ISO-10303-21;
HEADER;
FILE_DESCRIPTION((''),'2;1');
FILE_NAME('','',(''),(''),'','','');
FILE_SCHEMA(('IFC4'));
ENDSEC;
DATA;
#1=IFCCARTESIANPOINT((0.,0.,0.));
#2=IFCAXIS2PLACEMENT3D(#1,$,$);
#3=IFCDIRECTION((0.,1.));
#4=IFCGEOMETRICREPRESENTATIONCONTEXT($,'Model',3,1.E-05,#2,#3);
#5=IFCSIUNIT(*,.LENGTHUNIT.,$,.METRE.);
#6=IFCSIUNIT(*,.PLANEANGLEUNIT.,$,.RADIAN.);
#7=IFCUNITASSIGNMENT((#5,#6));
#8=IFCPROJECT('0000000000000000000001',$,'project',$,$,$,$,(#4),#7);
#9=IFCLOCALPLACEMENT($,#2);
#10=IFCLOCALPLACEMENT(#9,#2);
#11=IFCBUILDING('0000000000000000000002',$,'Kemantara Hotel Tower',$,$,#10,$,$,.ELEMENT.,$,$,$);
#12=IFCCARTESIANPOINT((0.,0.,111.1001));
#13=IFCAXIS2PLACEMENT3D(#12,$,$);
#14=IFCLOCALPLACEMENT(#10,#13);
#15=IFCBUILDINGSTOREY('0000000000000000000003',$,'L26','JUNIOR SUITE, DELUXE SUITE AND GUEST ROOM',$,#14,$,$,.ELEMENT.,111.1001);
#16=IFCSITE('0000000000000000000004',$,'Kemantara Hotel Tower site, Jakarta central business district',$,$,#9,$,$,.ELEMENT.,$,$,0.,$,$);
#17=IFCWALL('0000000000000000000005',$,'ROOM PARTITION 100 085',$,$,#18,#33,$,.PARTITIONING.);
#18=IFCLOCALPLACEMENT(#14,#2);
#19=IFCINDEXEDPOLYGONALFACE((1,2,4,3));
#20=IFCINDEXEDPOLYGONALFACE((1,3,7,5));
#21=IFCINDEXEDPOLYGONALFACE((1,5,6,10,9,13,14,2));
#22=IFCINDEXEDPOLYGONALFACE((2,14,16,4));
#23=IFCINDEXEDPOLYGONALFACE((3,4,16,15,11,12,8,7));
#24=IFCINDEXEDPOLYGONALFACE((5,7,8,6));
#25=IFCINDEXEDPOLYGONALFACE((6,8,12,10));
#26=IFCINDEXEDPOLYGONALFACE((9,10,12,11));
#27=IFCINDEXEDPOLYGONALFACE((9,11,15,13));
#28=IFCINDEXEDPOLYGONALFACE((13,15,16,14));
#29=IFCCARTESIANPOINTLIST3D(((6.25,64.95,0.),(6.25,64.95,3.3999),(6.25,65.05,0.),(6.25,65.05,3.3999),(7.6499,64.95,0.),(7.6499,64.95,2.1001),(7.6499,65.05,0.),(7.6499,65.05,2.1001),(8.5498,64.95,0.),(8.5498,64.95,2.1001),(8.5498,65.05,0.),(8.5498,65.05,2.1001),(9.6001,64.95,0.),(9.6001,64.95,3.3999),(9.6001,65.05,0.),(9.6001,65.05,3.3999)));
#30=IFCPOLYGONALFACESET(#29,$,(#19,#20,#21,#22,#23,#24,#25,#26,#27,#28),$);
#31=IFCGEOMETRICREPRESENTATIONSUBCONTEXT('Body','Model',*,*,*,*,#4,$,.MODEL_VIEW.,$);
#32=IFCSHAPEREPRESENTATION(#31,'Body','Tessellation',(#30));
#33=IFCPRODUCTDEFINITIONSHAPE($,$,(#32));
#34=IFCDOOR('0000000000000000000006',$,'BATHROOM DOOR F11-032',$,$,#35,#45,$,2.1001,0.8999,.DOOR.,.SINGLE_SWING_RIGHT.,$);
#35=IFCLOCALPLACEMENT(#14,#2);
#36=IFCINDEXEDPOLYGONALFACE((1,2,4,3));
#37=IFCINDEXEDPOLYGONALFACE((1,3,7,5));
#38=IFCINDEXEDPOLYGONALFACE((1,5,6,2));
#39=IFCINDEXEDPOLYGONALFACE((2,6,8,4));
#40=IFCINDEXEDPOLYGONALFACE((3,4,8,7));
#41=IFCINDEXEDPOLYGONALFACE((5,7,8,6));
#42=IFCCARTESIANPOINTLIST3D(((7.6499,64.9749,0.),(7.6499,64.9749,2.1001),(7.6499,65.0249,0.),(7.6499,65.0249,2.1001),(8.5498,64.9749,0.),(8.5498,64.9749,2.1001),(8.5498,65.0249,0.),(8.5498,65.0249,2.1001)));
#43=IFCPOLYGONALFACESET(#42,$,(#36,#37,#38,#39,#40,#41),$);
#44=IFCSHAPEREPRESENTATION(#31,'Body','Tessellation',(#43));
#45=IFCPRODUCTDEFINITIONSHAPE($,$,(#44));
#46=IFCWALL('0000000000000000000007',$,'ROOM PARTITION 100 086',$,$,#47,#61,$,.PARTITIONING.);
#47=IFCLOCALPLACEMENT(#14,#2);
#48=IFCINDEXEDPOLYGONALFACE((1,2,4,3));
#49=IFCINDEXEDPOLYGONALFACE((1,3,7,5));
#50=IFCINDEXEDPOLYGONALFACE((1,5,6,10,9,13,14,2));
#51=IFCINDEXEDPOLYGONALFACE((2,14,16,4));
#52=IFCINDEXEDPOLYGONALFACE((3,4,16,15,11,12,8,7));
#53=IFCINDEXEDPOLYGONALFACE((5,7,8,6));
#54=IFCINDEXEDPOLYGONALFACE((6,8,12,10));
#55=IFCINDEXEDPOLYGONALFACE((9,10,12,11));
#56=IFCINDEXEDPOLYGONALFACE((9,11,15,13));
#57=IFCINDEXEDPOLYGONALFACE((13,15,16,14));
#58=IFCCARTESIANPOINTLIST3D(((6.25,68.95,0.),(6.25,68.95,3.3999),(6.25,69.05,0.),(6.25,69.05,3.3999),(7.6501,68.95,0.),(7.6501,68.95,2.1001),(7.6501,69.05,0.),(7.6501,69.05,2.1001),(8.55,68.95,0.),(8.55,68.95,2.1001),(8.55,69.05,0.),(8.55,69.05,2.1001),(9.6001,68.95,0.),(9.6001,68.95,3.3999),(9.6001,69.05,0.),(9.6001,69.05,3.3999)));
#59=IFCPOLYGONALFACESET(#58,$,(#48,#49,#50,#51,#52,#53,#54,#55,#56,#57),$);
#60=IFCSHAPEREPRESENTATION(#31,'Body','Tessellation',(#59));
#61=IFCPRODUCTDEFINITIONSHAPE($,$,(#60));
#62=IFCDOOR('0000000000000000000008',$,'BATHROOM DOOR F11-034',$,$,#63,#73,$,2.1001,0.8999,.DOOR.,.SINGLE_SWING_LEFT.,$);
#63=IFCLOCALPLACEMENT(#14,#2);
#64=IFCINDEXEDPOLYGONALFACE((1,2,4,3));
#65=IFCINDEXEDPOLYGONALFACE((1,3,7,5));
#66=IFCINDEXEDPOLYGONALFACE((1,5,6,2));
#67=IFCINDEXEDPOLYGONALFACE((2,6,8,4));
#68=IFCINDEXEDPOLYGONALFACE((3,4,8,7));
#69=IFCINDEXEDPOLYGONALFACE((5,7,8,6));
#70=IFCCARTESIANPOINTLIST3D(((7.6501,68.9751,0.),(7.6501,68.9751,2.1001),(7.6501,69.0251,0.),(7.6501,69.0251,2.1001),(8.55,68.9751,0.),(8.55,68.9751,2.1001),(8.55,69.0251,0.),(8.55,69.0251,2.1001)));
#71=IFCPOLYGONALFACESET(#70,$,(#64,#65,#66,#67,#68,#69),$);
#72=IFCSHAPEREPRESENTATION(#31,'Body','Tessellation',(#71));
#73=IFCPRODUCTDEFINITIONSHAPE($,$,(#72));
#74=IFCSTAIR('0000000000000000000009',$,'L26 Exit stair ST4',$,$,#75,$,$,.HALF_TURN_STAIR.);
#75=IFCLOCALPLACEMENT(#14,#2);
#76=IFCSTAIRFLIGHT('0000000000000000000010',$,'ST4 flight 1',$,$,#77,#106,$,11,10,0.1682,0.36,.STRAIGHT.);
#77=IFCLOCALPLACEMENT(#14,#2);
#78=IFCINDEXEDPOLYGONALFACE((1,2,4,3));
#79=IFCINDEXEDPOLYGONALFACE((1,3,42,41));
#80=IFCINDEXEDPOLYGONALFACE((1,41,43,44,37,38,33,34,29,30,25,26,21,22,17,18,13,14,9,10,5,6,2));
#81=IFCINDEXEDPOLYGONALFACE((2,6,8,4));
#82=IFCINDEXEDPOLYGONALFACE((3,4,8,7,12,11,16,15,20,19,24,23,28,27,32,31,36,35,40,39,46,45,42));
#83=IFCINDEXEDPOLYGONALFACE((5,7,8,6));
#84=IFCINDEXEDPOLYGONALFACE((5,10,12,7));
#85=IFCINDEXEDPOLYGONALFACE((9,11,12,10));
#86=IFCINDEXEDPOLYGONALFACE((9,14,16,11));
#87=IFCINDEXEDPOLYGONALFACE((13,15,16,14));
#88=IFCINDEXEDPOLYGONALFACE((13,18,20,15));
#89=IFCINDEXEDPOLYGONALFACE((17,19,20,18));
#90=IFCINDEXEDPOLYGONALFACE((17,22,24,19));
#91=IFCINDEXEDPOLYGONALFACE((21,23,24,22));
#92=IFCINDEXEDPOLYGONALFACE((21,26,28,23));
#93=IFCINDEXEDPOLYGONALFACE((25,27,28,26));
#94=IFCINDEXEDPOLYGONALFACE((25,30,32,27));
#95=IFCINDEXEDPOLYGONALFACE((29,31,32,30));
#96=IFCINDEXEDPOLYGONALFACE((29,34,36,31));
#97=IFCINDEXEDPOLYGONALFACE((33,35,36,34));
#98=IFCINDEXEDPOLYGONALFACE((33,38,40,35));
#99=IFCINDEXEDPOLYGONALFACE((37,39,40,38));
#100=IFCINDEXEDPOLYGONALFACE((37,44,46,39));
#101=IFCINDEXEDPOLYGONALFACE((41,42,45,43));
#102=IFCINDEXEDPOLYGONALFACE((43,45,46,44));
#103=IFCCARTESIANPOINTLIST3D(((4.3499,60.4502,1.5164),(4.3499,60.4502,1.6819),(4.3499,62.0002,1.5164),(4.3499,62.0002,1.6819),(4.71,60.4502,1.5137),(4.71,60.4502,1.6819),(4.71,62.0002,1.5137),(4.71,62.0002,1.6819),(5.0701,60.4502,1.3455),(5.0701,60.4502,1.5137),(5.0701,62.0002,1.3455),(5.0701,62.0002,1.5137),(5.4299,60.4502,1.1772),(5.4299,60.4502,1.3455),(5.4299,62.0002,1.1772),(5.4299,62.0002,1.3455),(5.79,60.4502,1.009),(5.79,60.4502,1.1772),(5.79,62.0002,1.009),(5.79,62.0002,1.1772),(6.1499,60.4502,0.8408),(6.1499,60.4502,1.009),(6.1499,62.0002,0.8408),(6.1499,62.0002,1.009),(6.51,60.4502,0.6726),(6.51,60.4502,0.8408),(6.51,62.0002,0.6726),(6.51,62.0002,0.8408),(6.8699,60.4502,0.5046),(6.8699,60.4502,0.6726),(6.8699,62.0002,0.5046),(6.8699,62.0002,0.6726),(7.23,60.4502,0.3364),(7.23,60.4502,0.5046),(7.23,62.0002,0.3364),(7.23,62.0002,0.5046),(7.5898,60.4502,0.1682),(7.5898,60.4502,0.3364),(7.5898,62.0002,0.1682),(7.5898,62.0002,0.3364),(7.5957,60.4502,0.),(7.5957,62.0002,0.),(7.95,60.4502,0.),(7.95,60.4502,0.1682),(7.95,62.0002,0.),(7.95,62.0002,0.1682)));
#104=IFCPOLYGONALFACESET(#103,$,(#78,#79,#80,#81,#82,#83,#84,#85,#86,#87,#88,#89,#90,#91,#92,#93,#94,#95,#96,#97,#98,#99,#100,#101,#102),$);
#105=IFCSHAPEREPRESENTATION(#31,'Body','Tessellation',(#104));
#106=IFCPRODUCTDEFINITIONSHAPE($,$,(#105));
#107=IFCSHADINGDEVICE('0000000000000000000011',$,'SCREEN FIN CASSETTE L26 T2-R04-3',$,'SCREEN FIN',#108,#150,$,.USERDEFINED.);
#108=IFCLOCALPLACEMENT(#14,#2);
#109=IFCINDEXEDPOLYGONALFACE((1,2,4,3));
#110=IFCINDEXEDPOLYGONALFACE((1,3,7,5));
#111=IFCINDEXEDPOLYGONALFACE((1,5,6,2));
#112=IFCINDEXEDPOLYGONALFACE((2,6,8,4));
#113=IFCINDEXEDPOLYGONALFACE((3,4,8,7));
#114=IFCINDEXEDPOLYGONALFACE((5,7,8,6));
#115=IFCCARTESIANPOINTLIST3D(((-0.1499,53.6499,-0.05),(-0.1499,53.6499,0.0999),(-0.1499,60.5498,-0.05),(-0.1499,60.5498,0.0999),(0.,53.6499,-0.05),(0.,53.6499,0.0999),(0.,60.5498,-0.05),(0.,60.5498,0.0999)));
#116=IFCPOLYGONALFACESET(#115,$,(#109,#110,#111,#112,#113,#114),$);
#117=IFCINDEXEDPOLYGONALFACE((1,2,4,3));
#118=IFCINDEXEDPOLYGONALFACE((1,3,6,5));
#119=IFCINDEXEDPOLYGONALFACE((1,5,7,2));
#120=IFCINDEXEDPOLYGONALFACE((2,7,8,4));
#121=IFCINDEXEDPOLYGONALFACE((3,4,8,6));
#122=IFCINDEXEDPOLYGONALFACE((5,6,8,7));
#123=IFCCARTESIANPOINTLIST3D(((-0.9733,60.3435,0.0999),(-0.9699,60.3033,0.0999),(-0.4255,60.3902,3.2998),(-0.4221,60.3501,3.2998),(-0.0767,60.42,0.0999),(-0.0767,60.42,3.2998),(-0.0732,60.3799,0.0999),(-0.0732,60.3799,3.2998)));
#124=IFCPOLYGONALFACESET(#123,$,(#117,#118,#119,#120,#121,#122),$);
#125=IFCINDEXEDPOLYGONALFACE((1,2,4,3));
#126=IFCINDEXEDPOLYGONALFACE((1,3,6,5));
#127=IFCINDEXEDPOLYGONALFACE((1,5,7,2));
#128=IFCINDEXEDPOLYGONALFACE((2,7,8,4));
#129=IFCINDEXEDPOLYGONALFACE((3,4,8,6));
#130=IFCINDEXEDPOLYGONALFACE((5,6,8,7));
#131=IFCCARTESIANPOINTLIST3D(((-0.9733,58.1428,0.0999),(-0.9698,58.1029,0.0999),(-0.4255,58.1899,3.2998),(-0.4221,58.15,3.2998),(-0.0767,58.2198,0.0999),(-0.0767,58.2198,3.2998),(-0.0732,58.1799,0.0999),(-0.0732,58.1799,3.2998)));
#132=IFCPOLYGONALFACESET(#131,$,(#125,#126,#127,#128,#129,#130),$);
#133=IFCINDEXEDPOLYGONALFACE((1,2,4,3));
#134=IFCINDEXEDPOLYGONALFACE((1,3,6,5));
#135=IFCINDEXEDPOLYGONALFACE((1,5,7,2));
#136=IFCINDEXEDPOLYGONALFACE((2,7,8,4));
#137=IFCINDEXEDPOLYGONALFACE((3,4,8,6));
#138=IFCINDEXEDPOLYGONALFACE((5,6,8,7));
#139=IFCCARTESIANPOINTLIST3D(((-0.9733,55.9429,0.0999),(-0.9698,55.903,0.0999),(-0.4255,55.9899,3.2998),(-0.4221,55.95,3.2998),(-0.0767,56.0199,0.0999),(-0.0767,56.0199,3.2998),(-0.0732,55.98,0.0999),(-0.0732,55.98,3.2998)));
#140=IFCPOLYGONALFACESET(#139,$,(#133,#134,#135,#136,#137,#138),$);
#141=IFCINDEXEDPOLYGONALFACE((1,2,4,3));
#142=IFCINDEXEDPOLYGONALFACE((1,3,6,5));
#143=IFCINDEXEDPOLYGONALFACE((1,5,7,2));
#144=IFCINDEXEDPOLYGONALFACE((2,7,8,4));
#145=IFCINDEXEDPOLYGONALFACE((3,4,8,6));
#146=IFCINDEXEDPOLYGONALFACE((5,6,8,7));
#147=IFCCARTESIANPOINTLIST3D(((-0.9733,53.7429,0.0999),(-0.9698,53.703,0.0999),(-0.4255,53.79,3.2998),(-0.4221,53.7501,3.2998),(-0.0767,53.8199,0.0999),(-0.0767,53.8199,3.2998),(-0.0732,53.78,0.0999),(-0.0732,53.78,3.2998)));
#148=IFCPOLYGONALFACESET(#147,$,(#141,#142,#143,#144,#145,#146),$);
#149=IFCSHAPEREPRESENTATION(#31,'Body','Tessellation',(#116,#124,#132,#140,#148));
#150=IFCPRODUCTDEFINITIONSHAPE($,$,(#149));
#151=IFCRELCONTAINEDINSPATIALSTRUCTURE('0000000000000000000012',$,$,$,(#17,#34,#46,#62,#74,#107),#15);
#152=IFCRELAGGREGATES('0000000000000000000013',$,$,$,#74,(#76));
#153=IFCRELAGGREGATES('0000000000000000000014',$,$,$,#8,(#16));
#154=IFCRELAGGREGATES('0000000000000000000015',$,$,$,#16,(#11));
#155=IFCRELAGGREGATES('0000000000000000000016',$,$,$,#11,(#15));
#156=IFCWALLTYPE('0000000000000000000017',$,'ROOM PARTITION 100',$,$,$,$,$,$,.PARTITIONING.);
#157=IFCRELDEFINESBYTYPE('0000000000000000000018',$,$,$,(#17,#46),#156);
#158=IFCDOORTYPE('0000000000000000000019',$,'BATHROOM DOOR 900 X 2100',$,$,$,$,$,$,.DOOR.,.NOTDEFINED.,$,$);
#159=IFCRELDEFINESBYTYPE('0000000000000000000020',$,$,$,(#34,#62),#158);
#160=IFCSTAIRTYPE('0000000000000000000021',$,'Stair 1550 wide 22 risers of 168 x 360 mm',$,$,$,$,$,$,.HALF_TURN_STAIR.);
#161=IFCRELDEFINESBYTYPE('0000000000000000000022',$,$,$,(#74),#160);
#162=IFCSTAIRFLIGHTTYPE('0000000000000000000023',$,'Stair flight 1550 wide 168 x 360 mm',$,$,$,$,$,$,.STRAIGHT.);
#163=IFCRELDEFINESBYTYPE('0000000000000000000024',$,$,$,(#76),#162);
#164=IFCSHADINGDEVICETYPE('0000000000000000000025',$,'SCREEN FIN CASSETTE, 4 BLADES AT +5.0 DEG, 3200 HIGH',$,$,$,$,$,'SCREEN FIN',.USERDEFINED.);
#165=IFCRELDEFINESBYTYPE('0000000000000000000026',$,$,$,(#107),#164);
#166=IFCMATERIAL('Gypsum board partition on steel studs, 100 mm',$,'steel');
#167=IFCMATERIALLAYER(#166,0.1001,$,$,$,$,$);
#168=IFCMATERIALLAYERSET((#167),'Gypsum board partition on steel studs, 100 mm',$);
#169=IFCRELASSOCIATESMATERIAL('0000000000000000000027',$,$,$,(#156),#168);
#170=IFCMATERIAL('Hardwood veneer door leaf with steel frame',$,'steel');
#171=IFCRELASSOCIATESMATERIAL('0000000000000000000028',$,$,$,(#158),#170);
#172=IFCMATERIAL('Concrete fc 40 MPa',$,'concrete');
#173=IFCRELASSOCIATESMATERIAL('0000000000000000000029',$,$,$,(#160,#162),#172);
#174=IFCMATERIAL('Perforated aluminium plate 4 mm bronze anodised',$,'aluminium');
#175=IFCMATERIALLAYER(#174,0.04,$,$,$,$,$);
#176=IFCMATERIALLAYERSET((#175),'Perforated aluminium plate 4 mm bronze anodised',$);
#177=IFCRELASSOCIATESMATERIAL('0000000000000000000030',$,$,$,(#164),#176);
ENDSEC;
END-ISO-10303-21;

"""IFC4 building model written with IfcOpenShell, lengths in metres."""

from ifc_helpers import new_model, si_unit, direction, frame, frame_2d, origin, origin_2d, place, context, subcontext, project, spatial, polyline, rectangle, outline, extrude, source, transform, mapped, material, layer, layer_set, type_object, element, fill, aggregate, save


model = new_model("IFC4")

# Units and contexts
model_context = context("Model", 3, precision=1e-05, world=origin(), true_north=direction((0.0, 1.0)))
body_context = subcontext(model_context, "Body", "Model", "MODEL_VIEW")
ifc_project = project(units=[si_unit("LENGTHUNIT", "METRE"), si_unit("PLANEANGLEUNIT", "RADIAN")], contexts=[model_context])

# Site, building, storey
site_placement = place(None, origin())
site = spatial("IfcSite", under=ifc_project, at=site_placement, Name="Kemantara Hotel Tower site, Jakarta central business district", CompositionType="ELEMENT", RefElevation=0.0)
building_placement = place(site_placement, origin())
building = spatial("IfcBuilding", under=site, at=building_placement, Name="Kemantara Hotel Tower", CompositionType="ELEMENT")
storey_placement = place(building_placement, frame((0.0, 0.0, 111.1001)))
storey = spatial("IfcBuildingStorey", under=building, at=storey_placement, Name="L26", Description="JUNIOR SUITE, DELUXE SUITE AND GUEST ROOM", CompositionType="ELEMENT", Elevation=111.1001)

# Shared definitions
ifc_material_1 = material(Name="Hardwood veneer door leaf with steel frame", Category="steel")

# Shared definitions
ifc_material_2 = material(Name="Concrete fc 40 MPa", Category="concrete")

# Shared definitions
ifc_material_3 = material(Name="Gypsum board partition on steel studs, 100 mm", Category="steel")
ifc_layer_1 = layer(ifc_material_3, 0.1001)
ifc_layer_set_1 = layer_set([ifc_layer_1], Name="Gypsum board partition on steel studs, 100 mm")
wall_type_1 = type_object("IfcWallType", Name="ROOM PARTITION 100", PredefinedType="PARTITIONING", material=ifc_layer_set_1)

# Walls, openings, doors
wall_1_placement = place(storey_placement, frame((6.25, 65.0, 0.0), z_axis=(0.0, 0.0, 1.0), x_axis=(1.0, 0.0, 0.0)))
wall_1 = element("IfcWall", 1, at=wall_1_placement, inside=storey, type_object=wall_type_1, Name="ROOM PARTITION 100 085", PredefinedType="PARTITIONING", context=body_context, shape_type="SweptSolid", body=[
    extrude(rectangle(XDim=3.3501, YDim=0.1001, at=frame_2d((1.675, 0.0))), origin(), (0.0, 0.0, 1.0), 3.3999),
])
opening_1_placement = place(wall_1_placement, frame((1.3999, 0.0, 0.0)))
opening_1 = element("IfcOpeningElement", 2, at=opening_1_placement, cuts=wall_1, PredefinedType="OPENING", context=body_context, shape_type="SweptSolid", body=[
    extrude(rectangle(XDim=0.8999, YDim=2.1001, at=frame_2d((0.45, 1.05))), frame((0.0, 0.0601, 0.0), z_axis=(0.0, -1.0, 0.0), x_axis=(1.0, 0.0, 0.0)), (0.0, 0.0, 1.0), 0.1201),
])
door_type_1 = type_object("IfcDoorType", Name="BATHROOM DOOR 900 X 2100", OperationType="NOTDEFINED", PredefinedType="DOOR", material=ifc_material_1)
door_1_placement = place(opening_1_placement, origin())
door_1 = element("IfcDoor", 3, at=door_1_placement, inside=storey, type_object=door_type_1, Name="BATHROOM DOOR F11-032", OperationType="SINGLE_SWING_RIGHT", OverallHeight=2.1001, OverallWidth=0.8999, PredefinedType="DOOR", context=body_context, shape_type="SweptSolid", body=[
    extrude(rectangle(XDim=0.8999, YDim=2.1001, at=frame_2d((0.45, 1.05))), frame((0.0, 0.0249, 0.0), z_axis=(0.0, -1.0, 0.0), x_axis=(1.0, 0.0, 0.0)), (0.0, 0.0, 1.0), 0.05),
])
fill(opening_1, door_1)
wall_2_placement = place(storey_placement, frame((9.6001, 69.0, 0.0), z_axis=(0.0, 0.0, 1.0), x_axis=(-1.0, 0.0, 0.0)))
wall_2 = element("IfcWall", 4, at=wall_2_placement, inside=storey, type_object=wall_type_1, Name="ROOM PARTITION 100 086", PredefinedType="PARTITIONING", context=body_context, shape_type="SweptSolid", body=[
    extrude(rectangle(XDim=3.3501, YDim=0.1001, at=frame_2d((1.675, 0.0))), origin(), (0.0, 0.0, 1.0), 3.3999),
])
opening_2_placement = place(wall_2_placement, frame((1.05, 0.0, 0.0)))
opening_2 = element("IfcOpeningElement", 5, at=opening_2_placement, cuts=wall_2, PredefinedType="OPENING", context=body_context, shape_type="SweptSolid", body=[
    extrude(rectangle(XDim=0.8999, YDim=2.1001, at=frame_2d((0.45, 1.05))), frame((0.0, 0.0601, 0.0), z_axis=(0.0, -1.0, 0.0), x_axis=(1.0, 0.0, 0.0)), (0.0, 0.0, 1.0), 0.1201),
])
door_2_placement = place(opening_2_placement, origin())
door_2 = element("IfcDoor", 6, at=door_2_placement, inside=storey, type_object=door_type_1, Name="BATHROOM DOOR F11-034", OperationType="SINGLE_SWING_LEFT", OverallHeight=2.1001, OverallWidth=0.8999, PredefinedType="DOOR", context=body_context, shape_type="SweptSolid", body=[
    extrude(rectangle(XDim=0.8999, YDim=2.1001, at=frame_2d((0.45, 1.05))), frame((0.0, 0.0249, 0.0), z_axis=(0.0, -1.0, 0.0), x_axis=(1.0, 0.0, 0.0)), (0.0, 0.0, 1.0), 0.05),
])
fill(opening_2, door_2)

# Stair, stair flight
stair_type = type_object("IfcStairType", Name="Stair 1550 wide 22 risers of 168 x 360 mm", PredefinedType="HALF_TURN_STAIR", material=ifc_material_2)
stair_placement = place(storey_placement, origin())
stair = element("IfcStair", 7, at=stair_placement, inside=storey, type_object=stair_type, Name="L26 Exit stair ST4", PredefinedType="HALF_TURN_STAIR")
stair_flight_type = type_object("IfcStairFlightType", Name="Stair flight 1550 wide 168 x 360 mm", PredefinedType="STRAIGHT", material=ifc_material_2)
stair_flight_placement = place(storey_placement, frame((7.95, 61.2251, 0.0), z_axis=(0.0, 0.0, 1.0), x_axis=(-1.0, 0.0, 0.0)))
stair_flight = element("IfcStairFlight", 8, at=stair_flight_placement, type_object=stair_flight_type, Name="ST4 flight 1", NumberOfRisers=11, NumberOfTreads=10, PredefinedType="STRAIGHT", RiserHeight=0.1682, TreadLength=0.36, context=body_context, shape_type="SweptSolid", body=[
    extrude(outline(polyline([(0.0, 0.0), (0.0, 0.1682), (0.3601, 0.1682), (0.3601, 0.3364), (0.72, 0.3364), (0.72, 0.5046), (1.0801, 0.5046), (1.0801, 0.6726), (1.4399, 0.6726), (1.4399, 0.8408), (1.8, 0.8408), (1.8, 1.009), (2.1599, 1.009), (2.1599, 1.1772), (2.52, 1.1772), (2.52, 1.3455), (2.8799, 1.3455), (2.8799, 1.5137), (3.24, 1.5137), (3.24, 1.6819), (3.6001, 1.6819), (3.6001, 1.8501), (3.6001, 1.5164), (0.3542, 0.0), (0.0, 0.0)])), frame((0.0, 0.7749, 0.0), z_axis=(0.0, -1.0, 0.0), x_axis=(1.0, 0.0, 0.0)), (0.0, 0.0, 1.0), 1.55),
])
aggregate(stair, [stair_flight])

# Shading device
ifc_material_4 = material(Name="Perforated aluminium plate 4 mm bronze anodised", Category="aluminium")
ifc_layer_2 = layer(ifc_material_4, 0.04)
ifc_layer_set_2 = layer_set([ifc_layer_2], Name="Perforated aluminium plate 4 mm bronze anodised")
shading_device_type_1 = type_object("IfcShadingDeviceType", Name="SCREEN FIN CASSETTE, 4 BLADES AT +5.0 DEG, 3200 HIGH", ElementType="SCREEN FIN", PredefinedType="USERDEFINED", material=ifc_layer_set_2)
shared_shape_1 = source(origin(), body_context, "Body", "SweptSolid", [
    extrude(rectangle(XDim=6.8999, YDim=0.1499, at=origin_2d()), frame((3.3, -0.075, -0.1499), z_axis=(0.0, 0.0, 1.0), x_axis=(1.0, 0.0, 0.0)), (0.0, 0.0, 1.0), 0.1499),
    extrude(outline(polyline([(0.0, 0.0), (0.8999, 0.0), (0.3501, 3.2), (0.0, 3.2), (0.0, 0.0)])), frame((0.02, -0.0732, 0.0), z_axis=(-0.996376, -0.085056, 0.0), x_axis=(0.085056, -0.996376, 0.0)), (0.0, 0.0, 1.0), 0.0403),
    extrude(outline(polyline([(0.0, 0.0), (0.8999, 0.0), (0.3501, 3.2), (0.0, 3.2), (0.0, 0.0)])), frame((2.22, -0.0732, 0.0), z_axis=(-0.996332, -0.085575, 0.0), x_axis=(0.085575, -0.996332, 0.0)), (0.0, 0.0, 1.0), 0.04),
    extrude(outline(polyline([(0.0, 0.0), (0.8999, 0.0), (0.3501, 3.2), (0.0, 3.2), (0.0, 0.0)])), frame((4.4199, -0.0732, 0.0), z_axis=(-0.996332, -0.085575, 0.0), x_axis=(0.085575, -0.996332, 0.0)), (0.0, 0.0, 1.0), 0.04),
    extrude(outline(polyline([(0.0, 0.0), (0.8999, 0.0), (0.3501, 3.2), (0.0, 3.2), (0.0, 0.0)])), frame((6.6199, -0.0732, 0.0), z_axis=(-0.996332, -0.085575, 0.0), x_axis=(0.085575, -0.996332, 0.0)), (0.0, 0.0, 1.0), 0.04),
])
shading_device_1_placement = place(storey_placement, frame((0.0, 60.3999, 0.0999), z_axis=(0.0, 0.0, 1.0), x_axis=(0.0, -1.0, 0.0)))
element("IfcShadingDevice", 9, at=shading_device_1_placement, inside=storey, type_object=shading_device_type_1, Name="SCREEN FIN CASSETTE L26 T2-R04-3", ObjectType="SCREEN FIN", PredefinedType="USERDEFINED", context=body_context, shape_type="MappedRepresentation", body=[
    mapped(shared_shape_1, transform((0.0, 0.0, 0.0))),
])

save(model, "model.ifc")
